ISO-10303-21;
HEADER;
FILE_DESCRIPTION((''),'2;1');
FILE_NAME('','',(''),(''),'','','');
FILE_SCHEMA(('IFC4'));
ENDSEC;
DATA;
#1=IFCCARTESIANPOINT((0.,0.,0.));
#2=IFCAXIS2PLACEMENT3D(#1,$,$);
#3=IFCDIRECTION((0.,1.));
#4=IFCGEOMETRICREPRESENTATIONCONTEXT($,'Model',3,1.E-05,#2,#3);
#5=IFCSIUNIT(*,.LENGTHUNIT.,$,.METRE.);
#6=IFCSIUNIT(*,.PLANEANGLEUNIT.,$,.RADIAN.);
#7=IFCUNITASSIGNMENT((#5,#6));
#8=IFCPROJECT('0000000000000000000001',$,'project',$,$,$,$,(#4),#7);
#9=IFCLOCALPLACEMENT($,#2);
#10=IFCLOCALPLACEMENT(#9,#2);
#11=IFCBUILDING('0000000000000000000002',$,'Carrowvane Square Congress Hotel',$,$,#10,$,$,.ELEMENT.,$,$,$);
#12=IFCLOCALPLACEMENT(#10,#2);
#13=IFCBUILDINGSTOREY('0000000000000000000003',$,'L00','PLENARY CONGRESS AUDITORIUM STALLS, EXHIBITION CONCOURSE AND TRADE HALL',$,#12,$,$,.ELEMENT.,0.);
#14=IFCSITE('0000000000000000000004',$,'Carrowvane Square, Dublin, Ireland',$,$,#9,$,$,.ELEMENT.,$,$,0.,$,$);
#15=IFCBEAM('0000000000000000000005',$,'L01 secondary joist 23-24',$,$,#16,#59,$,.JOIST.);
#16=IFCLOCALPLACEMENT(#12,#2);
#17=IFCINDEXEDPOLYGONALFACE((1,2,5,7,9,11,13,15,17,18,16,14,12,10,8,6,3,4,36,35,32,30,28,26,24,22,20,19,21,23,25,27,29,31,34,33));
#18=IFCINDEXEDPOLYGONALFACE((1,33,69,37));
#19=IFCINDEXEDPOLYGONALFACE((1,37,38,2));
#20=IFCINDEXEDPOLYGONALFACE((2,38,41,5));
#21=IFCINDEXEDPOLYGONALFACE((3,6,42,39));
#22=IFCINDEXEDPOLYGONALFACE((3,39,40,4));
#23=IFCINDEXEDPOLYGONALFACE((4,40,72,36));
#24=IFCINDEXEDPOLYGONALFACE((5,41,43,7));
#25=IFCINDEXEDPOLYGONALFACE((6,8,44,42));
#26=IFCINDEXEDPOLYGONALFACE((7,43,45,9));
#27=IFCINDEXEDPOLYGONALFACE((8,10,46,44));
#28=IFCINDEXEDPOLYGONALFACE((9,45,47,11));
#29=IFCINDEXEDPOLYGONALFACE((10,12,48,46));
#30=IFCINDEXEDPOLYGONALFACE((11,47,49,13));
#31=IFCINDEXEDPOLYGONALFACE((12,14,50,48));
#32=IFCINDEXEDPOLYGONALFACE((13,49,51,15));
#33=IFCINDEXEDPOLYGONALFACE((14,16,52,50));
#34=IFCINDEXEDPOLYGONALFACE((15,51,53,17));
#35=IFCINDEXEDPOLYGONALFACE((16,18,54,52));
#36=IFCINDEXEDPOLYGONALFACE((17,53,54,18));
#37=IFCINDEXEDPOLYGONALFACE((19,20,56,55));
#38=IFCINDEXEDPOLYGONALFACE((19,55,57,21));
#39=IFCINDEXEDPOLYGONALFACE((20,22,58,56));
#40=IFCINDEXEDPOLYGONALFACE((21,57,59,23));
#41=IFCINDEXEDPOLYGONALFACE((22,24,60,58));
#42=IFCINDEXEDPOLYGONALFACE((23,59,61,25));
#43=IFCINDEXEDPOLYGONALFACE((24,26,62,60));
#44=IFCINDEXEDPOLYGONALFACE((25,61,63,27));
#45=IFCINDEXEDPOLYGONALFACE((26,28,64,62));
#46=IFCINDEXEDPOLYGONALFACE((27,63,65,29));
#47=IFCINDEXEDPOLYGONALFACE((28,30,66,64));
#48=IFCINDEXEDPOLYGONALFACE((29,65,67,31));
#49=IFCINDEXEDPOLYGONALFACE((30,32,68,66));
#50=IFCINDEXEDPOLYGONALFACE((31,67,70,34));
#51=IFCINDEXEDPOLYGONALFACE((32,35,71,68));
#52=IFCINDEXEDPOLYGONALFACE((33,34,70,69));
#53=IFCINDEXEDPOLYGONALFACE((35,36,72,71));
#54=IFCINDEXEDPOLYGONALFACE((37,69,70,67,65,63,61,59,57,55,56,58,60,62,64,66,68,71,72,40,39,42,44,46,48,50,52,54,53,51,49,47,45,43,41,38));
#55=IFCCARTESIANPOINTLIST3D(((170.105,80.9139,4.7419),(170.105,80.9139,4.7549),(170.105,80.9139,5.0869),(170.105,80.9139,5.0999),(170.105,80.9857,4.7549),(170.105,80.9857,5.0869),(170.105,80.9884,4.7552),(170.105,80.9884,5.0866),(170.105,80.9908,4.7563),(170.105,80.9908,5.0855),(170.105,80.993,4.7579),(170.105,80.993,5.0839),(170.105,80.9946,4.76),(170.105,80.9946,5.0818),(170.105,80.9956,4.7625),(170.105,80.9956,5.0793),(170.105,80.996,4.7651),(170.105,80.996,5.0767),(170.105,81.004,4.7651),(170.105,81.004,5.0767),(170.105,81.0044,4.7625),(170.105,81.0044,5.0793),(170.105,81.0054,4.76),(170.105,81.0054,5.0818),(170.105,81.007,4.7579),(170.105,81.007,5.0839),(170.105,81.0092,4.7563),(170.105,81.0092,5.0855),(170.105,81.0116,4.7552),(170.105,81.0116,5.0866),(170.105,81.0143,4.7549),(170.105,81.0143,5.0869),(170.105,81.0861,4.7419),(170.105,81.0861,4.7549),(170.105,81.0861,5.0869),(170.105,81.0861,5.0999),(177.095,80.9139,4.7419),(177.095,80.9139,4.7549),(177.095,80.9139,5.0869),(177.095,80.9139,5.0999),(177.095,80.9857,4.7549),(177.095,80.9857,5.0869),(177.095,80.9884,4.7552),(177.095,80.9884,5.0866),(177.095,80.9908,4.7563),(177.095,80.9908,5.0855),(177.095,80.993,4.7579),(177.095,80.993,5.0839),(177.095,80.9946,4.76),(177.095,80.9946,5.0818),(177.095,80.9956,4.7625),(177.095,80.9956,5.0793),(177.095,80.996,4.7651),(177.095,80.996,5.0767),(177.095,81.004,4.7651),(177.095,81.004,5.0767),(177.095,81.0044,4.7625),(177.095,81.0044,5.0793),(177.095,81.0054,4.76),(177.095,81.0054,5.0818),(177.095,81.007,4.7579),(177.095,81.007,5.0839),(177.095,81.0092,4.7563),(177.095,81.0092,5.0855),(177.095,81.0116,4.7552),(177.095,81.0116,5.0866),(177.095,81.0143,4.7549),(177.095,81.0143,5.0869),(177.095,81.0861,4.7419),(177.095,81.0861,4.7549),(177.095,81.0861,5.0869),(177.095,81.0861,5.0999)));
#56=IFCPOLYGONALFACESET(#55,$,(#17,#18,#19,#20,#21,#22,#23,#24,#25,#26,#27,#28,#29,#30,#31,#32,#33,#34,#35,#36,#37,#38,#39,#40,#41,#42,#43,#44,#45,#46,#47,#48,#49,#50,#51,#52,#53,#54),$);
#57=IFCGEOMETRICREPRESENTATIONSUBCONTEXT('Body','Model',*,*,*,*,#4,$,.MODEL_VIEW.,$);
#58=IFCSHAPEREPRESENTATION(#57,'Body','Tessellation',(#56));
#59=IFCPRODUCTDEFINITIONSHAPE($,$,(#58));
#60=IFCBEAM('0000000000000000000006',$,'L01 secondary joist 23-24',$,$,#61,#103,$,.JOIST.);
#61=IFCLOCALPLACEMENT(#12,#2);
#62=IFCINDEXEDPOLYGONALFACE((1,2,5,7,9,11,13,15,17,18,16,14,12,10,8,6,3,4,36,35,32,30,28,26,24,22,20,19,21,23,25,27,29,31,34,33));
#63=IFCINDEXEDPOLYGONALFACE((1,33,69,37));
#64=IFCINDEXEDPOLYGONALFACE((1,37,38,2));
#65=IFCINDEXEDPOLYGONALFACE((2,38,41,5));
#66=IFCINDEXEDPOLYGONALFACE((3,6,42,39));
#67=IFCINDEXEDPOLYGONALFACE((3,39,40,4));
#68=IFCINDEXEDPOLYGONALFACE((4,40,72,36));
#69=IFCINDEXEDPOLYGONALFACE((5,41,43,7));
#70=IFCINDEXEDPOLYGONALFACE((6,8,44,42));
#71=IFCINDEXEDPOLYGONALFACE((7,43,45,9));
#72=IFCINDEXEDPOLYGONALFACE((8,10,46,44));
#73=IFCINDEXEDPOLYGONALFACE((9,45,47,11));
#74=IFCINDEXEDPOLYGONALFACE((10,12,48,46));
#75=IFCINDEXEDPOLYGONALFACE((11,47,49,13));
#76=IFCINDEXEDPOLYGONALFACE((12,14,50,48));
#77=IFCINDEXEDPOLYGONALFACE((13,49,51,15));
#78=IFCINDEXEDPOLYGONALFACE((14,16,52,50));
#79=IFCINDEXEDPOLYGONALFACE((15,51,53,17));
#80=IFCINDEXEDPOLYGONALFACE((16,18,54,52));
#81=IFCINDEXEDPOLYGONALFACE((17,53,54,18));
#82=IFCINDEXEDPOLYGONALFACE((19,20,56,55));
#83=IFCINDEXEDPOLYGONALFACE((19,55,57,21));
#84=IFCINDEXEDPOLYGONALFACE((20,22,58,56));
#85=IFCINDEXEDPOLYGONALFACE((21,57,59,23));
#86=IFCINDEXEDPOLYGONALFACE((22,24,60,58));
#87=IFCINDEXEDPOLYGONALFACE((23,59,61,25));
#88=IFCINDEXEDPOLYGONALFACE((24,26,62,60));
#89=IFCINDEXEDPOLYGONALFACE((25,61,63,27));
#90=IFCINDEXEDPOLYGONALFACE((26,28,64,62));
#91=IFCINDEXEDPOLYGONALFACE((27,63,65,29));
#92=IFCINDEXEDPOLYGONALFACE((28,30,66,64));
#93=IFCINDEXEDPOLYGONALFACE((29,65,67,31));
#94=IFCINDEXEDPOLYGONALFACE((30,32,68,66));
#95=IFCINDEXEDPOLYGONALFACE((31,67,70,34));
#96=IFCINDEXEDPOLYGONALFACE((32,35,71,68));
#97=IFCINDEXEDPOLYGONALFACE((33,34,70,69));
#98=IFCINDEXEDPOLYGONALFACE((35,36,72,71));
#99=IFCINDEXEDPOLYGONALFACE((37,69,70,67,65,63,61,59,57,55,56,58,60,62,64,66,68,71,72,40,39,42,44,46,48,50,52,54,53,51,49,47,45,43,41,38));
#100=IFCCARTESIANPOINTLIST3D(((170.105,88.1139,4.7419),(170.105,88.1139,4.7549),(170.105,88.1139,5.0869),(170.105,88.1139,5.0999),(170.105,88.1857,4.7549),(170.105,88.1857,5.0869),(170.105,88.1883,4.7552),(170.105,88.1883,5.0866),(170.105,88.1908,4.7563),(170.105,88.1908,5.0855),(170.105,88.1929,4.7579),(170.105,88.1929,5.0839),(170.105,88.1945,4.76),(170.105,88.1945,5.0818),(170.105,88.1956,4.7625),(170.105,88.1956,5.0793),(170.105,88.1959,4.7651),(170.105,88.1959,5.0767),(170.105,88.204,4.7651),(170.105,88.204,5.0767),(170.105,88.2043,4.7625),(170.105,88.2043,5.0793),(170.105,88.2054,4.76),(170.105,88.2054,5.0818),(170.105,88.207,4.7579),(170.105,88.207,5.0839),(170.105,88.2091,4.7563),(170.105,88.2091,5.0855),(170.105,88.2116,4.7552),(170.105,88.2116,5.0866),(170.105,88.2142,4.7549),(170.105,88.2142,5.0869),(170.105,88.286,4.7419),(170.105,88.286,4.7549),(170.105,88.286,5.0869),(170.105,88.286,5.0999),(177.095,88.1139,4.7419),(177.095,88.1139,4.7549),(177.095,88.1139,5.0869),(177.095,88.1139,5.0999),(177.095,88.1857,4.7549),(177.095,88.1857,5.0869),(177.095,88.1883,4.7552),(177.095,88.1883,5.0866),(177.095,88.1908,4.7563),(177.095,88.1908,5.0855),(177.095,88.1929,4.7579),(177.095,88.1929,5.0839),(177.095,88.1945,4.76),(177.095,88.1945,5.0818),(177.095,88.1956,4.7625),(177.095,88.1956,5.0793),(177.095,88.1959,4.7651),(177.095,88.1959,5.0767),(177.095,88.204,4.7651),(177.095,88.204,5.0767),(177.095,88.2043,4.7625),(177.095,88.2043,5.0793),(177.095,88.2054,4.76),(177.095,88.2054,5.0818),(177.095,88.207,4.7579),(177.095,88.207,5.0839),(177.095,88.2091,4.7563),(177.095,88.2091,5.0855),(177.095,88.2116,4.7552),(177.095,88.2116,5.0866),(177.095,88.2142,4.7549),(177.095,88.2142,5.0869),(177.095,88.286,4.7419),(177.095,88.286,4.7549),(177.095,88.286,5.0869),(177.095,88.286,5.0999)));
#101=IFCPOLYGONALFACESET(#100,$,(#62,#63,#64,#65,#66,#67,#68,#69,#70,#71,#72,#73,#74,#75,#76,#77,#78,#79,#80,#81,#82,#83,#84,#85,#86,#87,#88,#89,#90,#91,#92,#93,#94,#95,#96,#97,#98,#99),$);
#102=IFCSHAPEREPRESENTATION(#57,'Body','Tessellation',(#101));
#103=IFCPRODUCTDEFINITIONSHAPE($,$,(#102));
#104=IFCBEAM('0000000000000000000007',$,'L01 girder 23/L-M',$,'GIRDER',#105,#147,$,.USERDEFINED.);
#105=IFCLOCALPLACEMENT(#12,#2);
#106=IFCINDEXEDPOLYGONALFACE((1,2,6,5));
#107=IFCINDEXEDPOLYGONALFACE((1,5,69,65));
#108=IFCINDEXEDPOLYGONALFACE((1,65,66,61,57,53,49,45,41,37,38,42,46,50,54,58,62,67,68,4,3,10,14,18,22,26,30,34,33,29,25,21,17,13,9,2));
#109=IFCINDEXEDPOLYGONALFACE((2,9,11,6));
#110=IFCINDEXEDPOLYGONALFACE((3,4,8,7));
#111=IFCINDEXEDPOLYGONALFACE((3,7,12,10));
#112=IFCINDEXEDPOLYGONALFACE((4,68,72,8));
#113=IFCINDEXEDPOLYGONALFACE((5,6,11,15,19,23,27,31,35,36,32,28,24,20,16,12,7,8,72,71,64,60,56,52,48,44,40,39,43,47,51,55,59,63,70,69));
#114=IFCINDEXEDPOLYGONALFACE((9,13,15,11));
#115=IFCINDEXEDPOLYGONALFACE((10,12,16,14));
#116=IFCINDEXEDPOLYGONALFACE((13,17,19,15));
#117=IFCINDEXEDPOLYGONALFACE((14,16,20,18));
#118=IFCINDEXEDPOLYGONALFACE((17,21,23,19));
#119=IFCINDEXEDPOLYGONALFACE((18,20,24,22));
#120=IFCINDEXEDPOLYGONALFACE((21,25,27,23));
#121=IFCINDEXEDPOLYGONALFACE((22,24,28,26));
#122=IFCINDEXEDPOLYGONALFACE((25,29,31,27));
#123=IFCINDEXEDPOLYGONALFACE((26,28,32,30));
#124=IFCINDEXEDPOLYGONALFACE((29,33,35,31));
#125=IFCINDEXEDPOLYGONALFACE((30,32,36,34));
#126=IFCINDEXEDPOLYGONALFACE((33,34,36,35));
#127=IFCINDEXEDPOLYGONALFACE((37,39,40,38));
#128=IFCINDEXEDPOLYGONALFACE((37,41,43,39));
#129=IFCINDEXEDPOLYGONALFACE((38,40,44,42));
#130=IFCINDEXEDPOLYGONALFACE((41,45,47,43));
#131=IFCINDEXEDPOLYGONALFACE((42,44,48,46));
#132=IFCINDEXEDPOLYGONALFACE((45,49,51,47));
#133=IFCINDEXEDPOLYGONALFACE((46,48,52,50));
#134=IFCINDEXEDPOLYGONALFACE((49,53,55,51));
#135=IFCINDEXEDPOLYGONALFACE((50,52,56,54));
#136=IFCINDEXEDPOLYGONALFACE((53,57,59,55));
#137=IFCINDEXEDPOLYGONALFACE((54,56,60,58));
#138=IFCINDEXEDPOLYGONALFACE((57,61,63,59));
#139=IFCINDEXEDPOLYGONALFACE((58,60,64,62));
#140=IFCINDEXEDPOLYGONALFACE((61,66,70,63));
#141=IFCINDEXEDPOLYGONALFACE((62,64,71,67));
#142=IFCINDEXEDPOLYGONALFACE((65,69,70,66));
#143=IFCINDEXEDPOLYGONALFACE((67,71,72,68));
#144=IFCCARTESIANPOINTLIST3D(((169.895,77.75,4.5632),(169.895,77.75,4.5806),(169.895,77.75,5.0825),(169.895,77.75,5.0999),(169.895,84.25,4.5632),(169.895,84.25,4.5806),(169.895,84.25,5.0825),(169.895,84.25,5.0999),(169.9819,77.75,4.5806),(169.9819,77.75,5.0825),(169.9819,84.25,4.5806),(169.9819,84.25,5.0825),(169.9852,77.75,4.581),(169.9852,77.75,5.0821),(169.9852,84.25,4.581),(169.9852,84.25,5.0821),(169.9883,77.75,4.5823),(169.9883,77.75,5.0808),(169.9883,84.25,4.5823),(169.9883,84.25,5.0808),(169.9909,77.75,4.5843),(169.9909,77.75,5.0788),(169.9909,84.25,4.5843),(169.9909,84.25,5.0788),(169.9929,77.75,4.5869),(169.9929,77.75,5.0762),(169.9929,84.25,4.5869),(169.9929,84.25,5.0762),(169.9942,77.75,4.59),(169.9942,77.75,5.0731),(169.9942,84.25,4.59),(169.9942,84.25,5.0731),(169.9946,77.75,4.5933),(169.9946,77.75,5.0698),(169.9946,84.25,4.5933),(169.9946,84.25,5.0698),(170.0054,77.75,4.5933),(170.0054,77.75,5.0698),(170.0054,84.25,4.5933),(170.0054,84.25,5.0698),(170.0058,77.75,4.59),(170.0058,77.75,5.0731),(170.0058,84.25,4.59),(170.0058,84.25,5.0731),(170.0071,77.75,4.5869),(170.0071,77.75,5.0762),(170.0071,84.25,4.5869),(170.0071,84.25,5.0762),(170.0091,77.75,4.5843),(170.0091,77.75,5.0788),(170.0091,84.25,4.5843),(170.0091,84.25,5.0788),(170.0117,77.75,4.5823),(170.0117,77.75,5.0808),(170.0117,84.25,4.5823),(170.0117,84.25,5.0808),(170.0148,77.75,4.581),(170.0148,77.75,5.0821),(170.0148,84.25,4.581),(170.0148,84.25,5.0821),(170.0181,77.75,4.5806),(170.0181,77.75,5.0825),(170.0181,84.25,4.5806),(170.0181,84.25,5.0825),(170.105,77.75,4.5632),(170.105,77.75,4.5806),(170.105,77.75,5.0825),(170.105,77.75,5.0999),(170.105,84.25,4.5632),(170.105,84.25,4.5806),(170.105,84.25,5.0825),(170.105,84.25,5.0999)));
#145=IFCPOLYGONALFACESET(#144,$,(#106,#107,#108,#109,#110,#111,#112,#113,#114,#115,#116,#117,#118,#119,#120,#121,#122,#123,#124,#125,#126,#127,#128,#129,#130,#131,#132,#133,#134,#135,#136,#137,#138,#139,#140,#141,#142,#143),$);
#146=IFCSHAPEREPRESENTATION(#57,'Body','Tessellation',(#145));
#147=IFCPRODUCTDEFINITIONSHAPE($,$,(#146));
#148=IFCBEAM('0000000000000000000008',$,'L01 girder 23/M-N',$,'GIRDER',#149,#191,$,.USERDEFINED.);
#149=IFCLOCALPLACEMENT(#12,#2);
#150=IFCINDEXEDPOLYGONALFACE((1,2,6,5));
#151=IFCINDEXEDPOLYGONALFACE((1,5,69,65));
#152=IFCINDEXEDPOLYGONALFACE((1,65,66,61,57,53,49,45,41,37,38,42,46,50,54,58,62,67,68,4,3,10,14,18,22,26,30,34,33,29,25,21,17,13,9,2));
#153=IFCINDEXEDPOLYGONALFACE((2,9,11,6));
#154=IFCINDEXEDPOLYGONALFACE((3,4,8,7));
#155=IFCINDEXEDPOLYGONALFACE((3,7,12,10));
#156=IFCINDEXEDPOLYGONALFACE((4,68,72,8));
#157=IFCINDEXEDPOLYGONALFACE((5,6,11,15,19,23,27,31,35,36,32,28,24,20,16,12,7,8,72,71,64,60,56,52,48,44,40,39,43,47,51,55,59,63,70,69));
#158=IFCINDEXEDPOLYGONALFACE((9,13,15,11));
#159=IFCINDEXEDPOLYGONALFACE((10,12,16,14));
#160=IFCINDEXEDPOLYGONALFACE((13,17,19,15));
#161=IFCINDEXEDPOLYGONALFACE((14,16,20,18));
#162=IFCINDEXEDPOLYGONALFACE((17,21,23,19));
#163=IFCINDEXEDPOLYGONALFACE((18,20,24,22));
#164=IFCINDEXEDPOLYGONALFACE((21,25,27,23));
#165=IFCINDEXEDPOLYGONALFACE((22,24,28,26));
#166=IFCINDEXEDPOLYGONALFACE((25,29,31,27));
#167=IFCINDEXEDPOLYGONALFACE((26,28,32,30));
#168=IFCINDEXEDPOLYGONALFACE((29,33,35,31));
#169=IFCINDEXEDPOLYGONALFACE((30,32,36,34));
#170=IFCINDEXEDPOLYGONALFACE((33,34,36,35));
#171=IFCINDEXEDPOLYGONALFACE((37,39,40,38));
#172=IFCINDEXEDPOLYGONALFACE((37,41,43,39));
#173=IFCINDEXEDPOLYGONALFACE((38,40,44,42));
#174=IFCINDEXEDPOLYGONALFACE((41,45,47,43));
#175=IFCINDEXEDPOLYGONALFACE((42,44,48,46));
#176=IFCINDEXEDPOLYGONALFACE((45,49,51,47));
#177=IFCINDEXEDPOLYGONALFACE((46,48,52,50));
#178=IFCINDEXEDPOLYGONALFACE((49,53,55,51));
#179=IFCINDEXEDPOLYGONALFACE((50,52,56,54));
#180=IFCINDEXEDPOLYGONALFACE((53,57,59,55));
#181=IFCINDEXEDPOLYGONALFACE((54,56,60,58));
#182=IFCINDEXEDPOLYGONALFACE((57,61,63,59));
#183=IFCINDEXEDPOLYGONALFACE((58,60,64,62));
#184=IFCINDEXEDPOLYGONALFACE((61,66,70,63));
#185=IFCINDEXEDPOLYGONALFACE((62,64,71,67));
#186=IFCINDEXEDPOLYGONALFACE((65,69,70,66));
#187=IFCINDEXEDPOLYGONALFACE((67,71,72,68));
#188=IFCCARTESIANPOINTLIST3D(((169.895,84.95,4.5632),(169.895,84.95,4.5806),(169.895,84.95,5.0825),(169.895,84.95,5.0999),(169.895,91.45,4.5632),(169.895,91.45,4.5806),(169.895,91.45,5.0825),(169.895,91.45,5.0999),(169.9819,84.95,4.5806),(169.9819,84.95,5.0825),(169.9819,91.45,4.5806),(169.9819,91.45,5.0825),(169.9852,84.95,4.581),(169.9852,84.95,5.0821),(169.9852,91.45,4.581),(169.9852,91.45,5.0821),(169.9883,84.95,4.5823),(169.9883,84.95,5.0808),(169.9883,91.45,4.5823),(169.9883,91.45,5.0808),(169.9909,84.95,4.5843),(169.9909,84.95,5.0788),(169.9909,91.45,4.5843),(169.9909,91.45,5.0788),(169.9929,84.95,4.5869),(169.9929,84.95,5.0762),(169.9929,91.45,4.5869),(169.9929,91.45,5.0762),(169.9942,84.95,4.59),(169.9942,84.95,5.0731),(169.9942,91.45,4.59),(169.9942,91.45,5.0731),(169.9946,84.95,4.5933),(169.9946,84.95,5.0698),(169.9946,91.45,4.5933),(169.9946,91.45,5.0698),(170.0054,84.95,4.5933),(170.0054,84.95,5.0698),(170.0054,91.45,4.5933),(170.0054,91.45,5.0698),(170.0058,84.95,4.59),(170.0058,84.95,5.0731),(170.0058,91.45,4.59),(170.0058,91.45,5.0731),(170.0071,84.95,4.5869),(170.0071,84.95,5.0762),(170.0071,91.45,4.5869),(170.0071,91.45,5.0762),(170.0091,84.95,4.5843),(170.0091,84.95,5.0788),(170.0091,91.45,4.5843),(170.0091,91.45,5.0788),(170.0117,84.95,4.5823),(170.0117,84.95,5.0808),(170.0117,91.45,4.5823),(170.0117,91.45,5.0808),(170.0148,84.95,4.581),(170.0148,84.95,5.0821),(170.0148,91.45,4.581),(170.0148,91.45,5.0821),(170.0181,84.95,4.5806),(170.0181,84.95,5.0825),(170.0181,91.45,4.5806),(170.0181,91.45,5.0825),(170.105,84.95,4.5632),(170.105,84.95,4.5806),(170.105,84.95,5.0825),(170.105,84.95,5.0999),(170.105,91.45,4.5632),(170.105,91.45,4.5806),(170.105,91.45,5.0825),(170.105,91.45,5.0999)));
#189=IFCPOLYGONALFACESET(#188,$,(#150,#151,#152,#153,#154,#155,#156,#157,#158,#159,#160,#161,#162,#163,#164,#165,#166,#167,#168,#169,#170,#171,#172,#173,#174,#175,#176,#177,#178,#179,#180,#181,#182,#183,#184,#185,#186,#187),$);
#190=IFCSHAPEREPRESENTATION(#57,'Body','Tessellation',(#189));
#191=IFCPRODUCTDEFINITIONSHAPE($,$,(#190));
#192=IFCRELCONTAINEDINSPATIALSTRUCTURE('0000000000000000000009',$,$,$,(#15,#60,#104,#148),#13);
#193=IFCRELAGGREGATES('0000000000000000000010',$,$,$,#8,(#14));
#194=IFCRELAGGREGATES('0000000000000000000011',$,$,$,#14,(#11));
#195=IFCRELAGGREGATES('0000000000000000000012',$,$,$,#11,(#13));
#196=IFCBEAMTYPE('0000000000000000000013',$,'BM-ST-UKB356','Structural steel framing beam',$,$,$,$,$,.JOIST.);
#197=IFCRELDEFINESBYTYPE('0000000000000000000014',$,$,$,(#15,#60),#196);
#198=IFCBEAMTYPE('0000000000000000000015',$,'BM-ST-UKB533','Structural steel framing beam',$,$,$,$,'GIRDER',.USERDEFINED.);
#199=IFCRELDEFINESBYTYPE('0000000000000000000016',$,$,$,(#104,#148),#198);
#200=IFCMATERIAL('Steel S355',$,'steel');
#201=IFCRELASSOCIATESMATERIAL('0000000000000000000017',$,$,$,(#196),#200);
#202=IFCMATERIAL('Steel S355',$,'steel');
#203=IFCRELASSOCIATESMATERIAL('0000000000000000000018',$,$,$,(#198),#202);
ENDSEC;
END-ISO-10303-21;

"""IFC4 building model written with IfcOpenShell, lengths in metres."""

from ifc_helpers import new_model, si_unit, direction, frame, origin, origin_2d, place, context, subcontext, project, spatial, i_section, extrude, material, material_profile, profile_set, type_object, element, save


model = new_model("IFC4")

# Units and contexts
model_context = context("Model", 3, precision=1e-05, world=origin(), true_north=direction((0.0, 1.0)))
body_context = subcontext(model_context, "Body", "Model", "MODEL_VIEW")
ifc_project = project(units=[si_unit("LENGTHUNIT", "METRE"), si_unit("PLANEANGLEUNIT", "RADIAN")], contexts=[model_context])

# Site, building, storey
site_placement = place(None, origin())
site = spatial("IfcSite", under=ifc_project, at=site_placement, Name="Carrowvane Square, Dublin, Ireland", CompositionType="ELEMENT", RefElevation=0.0)
building_placement = place(site_placement, origin())
building = spatial("IfcBuilding", under=site, at=building_placement, Name="Carrowvane Square Congress Hotel", CompositionType="ELEMENT")
storey_placement = place(building_placement, origin())
storey = spatial("IfcBuildingStorey", under=building, at=storey_placement, Name="L00", Description="PLENARY CONGRESS AUDITORIUM STALLS, EXHIBITION CONCOURSE AND TRADE HALL", CompositionType="ELEMENT", Elevation=0.0)

# Beams
ifc_material_1 = material(Name="Steel S355", Category="steel")
ifc_material_profile_1 = material_profile(ifc_material_1, i_section(OverallWidth=0.1721, OverallDepth=0.3579, WebThickness=0.0081, FlangeThickness=0.0129, FilletRadius=0.0103, at=origin_2d()), Name="UKB 356x171x57")
ifc_profile_set_1 = profile_set([ifc_material_profile_1], Name="Steel S355")
beam_type_1 = type_object("IfcBeamType", Name="BM-ST-UKB356", Description="Structural steel framing beam", PredefinedType="JOIST", material=ifc_profile_set_1)
for number, where, z_axis, x_axis, name in (
    (1, (170.105, 81.0, 4.9209), (1.0, 0.0, 0.0), (0.0, 1.0, 0.0), "L01 secondary joist 23-24"),
    (2, (170.105, 88.2, 4.9209), (1.0, 0.0, 0.0), (0.0, 1.0, 0.0), "L01 secondary joist 23-24"),
):
    element("IfcBeam", number, at=place(storey_placement, frame(where, z_axis=z_axis, x_axis=x_axis)), inside=storey, type_object=beam_type_1, Name=name, PredefinedType="JOIST", context=body_context, shape_type="SweptSolid", body=[
        extrude(i_section(OverallWidth=0.1721, OverallDepth=0.3579, WebThickness=0.0081, FlangeThickness=0.0129, FilletRadius=0.0103, at=origin_2d()), origin(), (0.0, 0.0, 1.0), 6.99),
    ])
ifc_material_2 = material(Name="Steel S355", Category="steel")
ifc_material_profile_2 = material_profile(ifc_material_2, i_section(OverallWidth=0.21, OverallDepth=0.5366, WebThickness=0.0107, FlangeThickness=0.0173, FilletRadius=0.0127, at=origin_2d()), Name="UKB 533x210x101")
ifc_profile_set_2 = profile_set([ifc_material_profile_2], Name="Steel S355")
beam_type_2 = type_object("IfcBeamType", Name="BM-ST-UKB533", Description="Structural steel framing beam", ElementType="GIRDER", PredefinedType="USERDEFINED", material=ifc_profile_set_2)
for number, where, z_axis, x_axis, name in (
    (3, (170.0, 77.75, 4.8315), (0.0, 1.0, 0.0), (-1.0, 0.0, 0.0), "L01 girder 23/L-M"),
    (4, (170.0, 84.95, 4.8315), (0.0, 1.0, 0.0), (-1.0, 0.0, 0.0), "L01 girder 23/M-N"),
):
    element("IfcBeam", number, at=place(storey_placement, frame(where, z_axis=z_axis, x_axis=x_axis)), inside=storey, type_object=beam_type_2, Name=name, ObjectType="GIRDER", PredefinedType="USERDEFINED", context=body_context, shape_type="SweptSolid", body=[
        extrude(i_section(OverallWidth=0.21, OverallDepth=0.5366, WebThickness=0.0107, FlangeThickness=0.0173, FilletRadius=0.0127, at=origin_2d()), origin(), (0.0, 0.0, 1.0), 6.5),
    ])

save(model, "model.ifc")
